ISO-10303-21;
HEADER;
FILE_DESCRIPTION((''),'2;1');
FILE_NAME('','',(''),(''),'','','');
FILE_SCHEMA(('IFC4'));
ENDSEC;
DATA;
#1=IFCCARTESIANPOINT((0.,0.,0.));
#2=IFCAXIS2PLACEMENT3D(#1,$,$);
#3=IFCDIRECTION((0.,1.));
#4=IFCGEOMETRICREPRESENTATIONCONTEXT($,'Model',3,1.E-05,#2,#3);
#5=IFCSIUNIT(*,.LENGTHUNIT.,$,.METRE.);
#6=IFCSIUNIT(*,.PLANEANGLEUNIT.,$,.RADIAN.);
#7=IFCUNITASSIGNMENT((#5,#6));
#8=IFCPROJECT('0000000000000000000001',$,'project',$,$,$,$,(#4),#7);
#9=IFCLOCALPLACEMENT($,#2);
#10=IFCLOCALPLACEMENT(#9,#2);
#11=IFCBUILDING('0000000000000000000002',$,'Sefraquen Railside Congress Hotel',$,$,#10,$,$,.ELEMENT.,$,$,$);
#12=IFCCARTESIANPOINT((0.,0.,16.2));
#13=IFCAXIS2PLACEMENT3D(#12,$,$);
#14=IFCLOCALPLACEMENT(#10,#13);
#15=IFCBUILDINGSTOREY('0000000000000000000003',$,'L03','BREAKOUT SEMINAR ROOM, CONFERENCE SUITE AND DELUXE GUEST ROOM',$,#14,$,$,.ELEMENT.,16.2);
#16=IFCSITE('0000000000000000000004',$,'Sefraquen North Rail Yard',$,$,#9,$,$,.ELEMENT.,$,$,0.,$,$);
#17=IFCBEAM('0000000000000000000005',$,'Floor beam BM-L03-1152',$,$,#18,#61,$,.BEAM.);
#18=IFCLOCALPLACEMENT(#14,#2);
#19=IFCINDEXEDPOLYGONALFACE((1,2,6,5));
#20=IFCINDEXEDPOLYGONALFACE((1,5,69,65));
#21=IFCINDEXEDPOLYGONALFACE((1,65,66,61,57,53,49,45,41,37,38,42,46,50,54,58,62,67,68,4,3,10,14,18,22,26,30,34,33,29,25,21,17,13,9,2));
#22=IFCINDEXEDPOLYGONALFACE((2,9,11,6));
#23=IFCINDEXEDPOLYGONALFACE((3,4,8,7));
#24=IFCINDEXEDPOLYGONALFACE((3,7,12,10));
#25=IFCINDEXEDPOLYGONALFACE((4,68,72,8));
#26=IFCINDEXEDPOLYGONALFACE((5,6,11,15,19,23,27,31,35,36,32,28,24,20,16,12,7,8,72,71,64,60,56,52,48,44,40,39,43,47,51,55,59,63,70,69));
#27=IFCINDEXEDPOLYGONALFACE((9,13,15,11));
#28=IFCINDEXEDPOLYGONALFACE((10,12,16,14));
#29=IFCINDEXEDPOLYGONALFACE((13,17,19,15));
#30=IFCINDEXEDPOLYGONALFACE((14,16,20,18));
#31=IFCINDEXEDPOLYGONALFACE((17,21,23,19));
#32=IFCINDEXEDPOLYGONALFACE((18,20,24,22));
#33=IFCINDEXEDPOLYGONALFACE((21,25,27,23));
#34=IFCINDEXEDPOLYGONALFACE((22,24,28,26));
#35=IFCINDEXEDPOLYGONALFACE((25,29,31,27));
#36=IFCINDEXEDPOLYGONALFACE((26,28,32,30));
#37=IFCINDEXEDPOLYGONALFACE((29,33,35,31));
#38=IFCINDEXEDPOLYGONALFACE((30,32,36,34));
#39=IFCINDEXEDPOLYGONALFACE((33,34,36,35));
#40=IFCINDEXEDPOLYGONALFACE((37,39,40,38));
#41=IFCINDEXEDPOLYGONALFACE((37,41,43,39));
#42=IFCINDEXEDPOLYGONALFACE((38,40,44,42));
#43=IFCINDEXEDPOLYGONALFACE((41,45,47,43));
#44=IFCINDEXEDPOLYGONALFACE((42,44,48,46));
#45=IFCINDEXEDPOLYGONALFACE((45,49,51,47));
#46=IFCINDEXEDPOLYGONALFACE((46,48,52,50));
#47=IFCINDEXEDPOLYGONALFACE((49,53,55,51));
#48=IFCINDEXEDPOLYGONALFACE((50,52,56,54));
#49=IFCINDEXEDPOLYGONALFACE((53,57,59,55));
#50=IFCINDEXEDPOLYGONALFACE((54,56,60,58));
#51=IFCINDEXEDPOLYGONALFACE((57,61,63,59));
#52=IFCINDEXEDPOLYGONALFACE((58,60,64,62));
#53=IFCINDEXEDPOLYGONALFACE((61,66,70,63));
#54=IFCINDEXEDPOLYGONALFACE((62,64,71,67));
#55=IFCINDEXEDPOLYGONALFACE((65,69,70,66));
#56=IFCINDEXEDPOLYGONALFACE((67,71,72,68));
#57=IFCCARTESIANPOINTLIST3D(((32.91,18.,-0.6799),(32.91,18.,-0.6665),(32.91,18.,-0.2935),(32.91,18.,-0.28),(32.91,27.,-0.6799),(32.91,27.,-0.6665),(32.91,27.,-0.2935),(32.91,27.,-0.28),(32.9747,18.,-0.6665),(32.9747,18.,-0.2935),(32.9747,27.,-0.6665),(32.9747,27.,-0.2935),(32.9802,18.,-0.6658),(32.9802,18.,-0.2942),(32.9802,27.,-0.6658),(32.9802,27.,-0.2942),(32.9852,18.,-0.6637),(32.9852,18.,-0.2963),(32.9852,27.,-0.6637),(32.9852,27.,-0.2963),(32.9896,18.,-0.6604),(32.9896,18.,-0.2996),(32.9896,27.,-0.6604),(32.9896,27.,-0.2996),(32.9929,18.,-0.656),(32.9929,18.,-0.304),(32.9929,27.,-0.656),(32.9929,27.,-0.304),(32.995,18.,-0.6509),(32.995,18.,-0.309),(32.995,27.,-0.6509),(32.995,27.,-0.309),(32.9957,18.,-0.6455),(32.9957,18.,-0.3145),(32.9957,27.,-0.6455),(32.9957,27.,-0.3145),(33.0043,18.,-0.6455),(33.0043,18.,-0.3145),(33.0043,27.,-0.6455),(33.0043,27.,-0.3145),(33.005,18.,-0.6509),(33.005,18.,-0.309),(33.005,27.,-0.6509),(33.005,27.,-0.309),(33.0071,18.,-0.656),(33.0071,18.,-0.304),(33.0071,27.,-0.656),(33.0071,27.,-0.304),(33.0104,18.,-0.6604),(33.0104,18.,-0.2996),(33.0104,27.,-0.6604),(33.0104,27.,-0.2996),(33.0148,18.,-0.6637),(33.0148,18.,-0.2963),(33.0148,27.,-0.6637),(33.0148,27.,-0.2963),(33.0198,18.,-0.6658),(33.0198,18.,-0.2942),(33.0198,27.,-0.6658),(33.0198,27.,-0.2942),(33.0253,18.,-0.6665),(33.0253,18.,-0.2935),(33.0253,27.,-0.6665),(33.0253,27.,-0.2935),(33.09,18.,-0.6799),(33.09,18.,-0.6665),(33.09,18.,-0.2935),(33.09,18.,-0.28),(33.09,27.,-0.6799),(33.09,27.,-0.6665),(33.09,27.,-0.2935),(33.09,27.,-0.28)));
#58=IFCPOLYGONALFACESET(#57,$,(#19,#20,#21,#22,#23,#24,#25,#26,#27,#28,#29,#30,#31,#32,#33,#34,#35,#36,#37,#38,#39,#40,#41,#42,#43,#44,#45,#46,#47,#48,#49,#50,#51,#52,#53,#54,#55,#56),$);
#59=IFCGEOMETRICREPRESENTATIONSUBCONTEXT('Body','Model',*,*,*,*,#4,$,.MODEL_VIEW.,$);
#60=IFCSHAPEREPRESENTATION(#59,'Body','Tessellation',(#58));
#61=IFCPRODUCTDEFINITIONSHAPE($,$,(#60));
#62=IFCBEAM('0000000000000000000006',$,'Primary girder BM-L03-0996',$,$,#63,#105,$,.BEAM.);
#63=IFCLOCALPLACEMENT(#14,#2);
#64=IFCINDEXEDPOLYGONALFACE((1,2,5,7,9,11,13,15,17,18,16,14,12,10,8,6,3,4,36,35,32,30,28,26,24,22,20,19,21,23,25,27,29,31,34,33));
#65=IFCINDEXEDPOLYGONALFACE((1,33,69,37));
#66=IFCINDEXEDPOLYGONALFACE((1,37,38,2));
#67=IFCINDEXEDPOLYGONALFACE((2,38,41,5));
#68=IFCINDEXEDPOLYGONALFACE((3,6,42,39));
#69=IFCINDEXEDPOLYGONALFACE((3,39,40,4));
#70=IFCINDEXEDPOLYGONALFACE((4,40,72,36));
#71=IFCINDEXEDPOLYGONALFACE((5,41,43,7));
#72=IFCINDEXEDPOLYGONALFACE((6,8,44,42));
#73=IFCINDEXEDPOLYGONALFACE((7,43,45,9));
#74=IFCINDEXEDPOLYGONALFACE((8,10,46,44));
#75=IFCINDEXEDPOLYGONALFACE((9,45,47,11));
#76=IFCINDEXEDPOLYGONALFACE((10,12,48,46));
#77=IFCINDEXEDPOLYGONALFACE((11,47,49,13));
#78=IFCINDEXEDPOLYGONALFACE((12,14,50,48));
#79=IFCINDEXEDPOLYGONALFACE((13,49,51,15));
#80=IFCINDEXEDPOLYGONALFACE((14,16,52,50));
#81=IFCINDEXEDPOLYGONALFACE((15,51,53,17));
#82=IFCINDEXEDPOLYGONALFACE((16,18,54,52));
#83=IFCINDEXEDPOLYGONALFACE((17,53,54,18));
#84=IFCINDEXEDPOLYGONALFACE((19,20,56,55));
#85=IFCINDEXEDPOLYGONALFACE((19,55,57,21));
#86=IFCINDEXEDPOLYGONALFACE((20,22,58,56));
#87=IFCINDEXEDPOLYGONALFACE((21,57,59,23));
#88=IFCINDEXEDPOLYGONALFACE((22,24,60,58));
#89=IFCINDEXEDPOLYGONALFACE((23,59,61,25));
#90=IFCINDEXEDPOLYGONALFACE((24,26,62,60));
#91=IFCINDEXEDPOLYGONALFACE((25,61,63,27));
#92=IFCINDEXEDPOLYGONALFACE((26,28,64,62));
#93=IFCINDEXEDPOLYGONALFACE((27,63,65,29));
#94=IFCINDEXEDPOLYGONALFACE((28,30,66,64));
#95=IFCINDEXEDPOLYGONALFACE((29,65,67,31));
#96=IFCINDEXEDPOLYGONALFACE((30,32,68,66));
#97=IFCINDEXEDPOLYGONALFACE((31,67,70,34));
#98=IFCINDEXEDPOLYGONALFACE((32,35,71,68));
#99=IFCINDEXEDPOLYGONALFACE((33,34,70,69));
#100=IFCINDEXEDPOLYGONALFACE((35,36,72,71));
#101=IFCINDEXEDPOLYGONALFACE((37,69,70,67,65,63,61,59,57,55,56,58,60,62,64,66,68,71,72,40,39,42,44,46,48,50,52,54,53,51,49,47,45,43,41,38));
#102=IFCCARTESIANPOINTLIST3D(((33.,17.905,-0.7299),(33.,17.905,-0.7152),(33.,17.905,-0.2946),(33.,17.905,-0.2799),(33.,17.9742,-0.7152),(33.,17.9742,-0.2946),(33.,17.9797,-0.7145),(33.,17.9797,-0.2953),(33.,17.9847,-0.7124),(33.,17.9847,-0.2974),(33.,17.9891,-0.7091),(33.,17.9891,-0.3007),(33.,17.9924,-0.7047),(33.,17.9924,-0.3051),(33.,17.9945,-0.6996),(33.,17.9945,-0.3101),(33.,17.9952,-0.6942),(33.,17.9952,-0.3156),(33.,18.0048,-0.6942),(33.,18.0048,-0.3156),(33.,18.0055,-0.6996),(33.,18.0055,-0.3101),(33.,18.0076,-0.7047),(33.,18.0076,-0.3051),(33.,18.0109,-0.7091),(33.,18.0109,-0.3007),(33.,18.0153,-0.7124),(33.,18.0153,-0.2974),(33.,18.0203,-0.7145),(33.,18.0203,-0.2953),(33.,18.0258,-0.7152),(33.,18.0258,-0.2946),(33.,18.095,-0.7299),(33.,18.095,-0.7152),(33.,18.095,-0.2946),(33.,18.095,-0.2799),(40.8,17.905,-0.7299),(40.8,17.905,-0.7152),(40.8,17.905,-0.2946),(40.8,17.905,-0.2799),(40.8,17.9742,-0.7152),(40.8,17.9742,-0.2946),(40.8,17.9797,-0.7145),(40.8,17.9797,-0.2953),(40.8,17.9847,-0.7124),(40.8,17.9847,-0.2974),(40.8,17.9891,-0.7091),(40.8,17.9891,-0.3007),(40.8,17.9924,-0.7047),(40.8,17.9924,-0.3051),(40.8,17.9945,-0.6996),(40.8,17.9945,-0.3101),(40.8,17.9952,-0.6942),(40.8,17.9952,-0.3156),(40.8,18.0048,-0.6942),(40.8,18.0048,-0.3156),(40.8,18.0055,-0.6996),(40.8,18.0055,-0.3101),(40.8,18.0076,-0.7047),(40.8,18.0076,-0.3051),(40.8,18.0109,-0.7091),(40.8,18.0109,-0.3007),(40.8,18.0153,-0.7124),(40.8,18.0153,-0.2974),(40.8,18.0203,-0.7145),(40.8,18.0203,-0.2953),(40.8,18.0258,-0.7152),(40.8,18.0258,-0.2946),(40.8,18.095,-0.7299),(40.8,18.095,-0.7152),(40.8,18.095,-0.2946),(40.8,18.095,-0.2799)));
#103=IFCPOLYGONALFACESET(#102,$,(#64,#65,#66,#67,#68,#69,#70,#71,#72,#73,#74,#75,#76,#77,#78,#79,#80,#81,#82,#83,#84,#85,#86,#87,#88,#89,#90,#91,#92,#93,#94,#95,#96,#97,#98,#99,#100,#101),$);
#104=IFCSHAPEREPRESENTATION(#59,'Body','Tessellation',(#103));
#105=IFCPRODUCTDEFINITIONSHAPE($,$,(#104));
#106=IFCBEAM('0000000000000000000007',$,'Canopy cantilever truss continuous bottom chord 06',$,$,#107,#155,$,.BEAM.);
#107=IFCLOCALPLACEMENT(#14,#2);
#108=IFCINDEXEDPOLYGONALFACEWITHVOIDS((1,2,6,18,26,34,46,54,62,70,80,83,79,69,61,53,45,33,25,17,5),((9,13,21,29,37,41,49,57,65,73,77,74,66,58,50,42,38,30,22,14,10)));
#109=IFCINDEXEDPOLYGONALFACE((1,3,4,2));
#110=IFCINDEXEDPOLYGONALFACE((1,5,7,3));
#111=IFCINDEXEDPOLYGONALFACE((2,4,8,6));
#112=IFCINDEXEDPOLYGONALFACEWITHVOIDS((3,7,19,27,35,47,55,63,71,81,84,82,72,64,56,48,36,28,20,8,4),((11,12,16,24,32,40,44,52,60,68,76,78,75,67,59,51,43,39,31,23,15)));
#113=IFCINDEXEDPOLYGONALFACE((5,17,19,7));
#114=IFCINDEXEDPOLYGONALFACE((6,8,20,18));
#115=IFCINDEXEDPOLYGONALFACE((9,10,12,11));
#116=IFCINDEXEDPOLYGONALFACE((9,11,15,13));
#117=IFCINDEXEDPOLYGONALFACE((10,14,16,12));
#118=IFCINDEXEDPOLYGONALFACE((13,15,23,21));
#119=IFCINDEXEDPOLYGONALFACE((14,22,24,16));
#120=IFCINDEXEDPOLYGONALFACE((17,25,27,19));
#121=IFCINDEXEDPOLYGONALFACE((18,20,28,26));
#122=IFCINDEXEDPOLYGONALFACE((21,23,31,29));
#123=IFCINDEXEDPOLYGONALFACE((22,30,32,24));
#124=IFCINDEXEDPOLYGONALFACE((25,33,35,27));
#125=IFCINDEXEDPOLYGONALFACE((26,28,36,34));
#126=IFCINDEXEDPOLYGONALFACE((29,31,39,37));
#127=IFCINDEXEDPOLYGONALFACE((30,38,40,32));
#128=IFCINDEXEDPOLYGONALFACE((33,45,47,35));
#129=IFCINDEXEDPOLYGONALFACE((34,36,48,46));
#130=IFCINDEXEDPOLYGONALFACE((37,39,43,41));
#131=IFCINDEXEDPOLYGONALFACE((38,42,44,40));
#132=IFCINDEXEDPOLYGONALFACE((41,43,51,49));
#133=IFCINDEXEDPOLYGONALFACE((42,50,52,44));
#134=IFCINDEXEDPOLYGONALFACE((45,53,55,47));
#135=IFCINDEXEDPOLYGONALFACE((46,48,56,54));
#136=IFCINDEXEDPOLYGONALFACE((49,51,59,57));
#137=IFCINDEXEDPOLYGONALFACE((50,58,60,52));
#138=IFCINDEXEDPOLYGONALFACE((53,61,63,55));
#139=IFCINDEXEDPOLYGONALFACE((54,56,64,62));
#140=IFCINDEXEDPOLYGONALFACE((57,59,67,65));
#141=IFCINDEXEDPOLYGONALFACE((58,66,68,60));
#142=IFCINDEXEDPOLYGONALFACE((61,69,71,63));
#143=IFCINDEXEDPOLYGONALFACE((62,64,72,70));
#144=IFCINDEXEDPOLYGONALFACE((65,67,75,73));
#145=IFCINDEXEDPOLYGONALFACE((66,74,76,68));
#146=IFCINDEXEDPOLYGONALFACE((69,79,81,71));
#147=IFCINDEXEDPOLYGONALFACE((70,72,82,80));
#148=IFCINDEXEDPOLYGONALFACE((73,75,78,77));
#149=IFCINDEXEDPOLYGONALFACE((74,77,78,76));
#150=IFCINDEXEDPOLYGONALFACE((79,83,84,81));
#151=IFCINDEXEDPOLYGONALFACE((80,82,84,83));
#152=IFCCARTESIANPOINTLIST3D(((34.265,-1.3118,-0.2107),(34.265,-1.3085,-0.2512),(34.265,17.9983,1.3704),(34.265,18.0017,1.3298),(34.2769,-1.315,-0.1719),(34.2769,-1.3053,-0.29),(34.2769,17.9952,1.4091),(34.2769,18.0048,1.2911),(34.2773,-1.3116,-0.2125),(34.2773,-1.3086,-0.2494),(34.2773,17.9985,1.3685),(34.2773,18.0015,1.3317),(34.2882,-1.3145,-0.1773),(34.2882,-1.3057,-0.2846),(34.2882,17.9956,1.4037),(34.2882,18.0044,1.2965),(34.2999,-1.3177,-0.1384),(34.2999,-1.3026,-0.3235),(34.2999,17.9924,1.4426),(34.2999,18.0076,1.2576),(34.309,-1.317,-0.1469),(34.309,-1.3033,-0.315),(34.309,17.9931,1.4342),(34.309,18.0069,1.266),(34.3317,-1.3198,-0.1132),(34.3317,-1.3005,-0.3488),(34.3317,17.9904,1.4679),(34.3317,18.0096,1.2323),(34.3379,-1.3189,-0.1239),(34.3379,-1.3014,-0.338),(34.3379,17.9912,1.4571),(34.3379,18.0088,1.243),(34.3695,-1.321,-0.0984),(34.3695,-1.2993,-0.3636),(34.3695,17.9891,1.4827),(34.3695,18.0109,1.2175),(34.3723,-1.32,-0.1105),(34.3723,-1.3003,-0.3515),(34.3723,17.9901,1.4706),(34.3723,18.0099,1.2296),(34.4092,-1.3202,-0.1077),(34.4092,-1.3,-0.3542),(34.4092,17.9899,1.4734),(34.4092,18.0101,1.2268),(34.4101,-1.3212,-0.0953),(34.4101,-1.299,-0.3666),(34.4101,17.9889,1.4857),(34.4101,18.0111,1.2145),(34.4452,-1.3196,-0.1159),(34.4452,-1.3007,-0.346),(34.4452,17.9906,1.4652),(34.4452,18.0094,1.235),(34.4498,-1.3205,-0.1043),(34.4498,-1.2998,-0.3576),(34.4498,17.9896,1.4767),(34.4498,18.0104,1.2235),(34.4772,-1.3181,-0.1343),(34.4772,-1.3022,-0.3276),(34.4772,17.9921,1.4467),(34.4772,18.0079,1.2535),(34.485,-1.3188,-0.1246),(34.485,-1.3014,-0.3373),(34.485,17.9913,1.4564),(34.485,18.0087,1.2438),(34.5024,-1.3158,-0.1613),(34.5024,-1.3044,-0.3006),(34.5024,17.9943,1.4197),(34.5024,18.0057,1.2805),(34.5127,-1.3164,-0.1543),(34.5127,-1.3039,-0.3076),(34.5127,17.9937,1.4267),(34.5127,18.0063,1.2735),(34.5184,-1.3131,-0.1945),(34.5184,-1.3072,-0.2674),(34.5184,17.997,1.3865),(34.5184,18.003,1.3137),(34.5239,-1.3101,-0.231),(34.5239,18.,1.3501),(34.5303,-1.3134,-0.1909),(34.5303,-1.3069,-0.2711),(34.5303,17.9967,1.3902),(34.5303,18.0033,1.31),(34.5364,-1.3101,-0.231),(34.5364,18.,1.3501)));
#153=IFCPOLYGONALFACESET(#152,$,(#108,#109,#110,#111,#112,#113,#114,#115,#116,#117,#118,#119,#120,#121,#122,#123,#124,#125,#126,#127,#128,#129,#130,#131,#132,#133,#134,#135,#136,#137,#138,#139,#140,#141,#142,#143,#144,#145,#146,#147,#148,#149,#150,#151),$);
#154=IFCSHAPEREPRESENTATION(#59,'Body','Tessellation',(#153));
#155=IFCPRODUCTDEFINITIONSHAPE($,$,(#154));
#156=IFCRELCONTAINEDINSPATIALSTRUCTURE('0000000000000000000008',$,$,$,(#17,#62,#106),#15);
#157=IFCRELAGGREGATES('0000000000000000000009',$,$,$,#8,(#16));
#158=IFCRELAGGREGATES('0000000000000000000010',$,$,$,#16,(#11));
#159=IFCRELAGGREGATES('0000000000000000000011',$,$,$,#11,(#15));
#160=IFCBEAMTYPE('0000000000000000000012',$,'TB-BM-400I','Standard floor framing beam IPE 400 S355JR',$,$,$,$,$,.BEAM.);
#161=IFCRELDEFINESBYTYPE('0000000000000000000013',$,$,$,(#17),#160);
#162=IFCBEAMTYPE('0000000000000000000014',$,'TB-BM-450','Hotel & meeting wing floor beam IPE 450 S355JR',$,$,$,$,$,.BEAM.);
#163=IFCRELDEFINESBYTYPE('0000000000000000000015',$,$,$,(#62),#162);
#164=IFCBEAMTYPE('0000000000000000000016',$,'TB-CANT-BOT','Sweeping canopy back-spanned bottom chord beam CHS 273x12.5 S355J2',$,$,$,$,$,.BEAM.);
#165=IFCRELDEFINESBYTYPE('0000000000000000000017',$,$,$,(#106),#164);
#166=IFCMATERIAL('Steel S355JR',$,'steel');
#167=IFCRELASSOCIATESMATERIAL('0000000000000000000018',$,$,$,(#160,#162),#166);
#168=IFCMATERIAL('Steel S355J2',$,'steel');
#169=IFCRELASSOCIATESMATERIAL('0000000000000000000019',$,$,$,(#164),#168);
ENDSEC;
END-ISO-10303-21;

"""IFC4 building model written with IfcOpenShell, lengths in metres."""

from ifc_helpers import new_model, si_unit, direction, frame, origin, origin_2d, place, context, subcontext, project, spatial, hollow_circle, i_section, extrude, material, material_profile, profile_set, type_object, element, save


model = new_model("IFC4")

# Units and contexts
model_context = context("Model", 3, precision=1e-05, world=origin(), true_north=direction((0.0, 1.0)))
body_context = subcontext(model_context, "Body", "Model", "MODEL_VIEW")
ifc_project = project(units=[si_unit("LENGTHUNIT", "METRE"), si_unit("PLANEANGLEUNIT", "RADIAN")], contexts=[model_context])

# Site, building, storey
site_placement = place(None, origin())
site = spatial("IfcSite", under=ifc_project, at=site_placement, Name="Sefraquen North Rail Yard", CompositionType="ELEMENT", RefElevation=0.0)
building_placement = place(site_placement, origin())
building = spatial("IfcBuilding", under=site, at=building_placement, Name="Sefraquen Railside Congress Hotel", CompositionType="ELEMENT")
storey_placement = place(building_placement, frame((0.0, 0.0, 16.2)))
storey = spatial("IfcBuildingStorey", under=building, at=storey_placement, Name="L03", Description="BREAKOUT SEMINAR ROOM, CONFERENCE SUITE AND DELUXE GUEST ROOM", CompositionType="ELEMENT", Elevation=16.2)

# Beams
ifc_material_1 = material(Name="Steel S355JR", Category="steel")
ifc_material_profile_1 = material_profile(ifc_material_1, i_section(OverallWidth=0.1799, OverallDepth=0.3999, WebThickness=0.0085, FlangeThickness=0.0134, FilletRadius=0.021, at=origin_2d()), Name="IPE 400")
ifc_profile_set_1 = profile_set([ifc_material_profile_1], Name="Steel S355JR")
beam_type_1 = type_object("IfcBeamType", Name="TB-BM-400I", Description="Standard floor framing beam IPE 400 S355JR", PredefinedType="BEAM", material=ifc_profile_set_1)
beam_1_placement = place(storey_placement, frame((33.0, 18.0, -0.48), z_axis=(0.0, 1.0, 0.0), x_axis=(-1.0, 0.0, 0.0)))
element("IfcBeam", 1, at=beam_1_placement, inside=storey, type_object=beam_type_1, Name="Floor beam BM-L03-1152", PredefinedType="BEAM", context=body_context, shape_type="SweptSolid", body=[
    extrude(i_section(OverallWidth=0.1799, OverallDepth=0.3999, WebThickness=0.0085, FlangeThickness=0.0134, FilletRadius=0.021, at=origin_2d()), origin(), (0.0, 0.0, 1.0), 9.0),
])
ifc_material_profile_2 = material_profile(ifc_material_1, i_section(OverallWidth=0.1899, OverallDepth=0.45, WebThickness=0.0095, FlangeThickness=0.0146, FilletRadius=0.021, at=origin_2d()), Name="IPE 450")
ifc_profile_set_2 = profile_set([ifc_material_profile_2], Name="Steel S355JR")
beam_type_2 = type_object("IfcBeamType", Name="TB-BM-450", Description="Hotel & meeting wing floor beam IPE 450 S355JR", PredefinedType="BEAM", material=ifc_profile_set_2)
beam_2_placement = place(storey_placement, frame((33.0, 18.0, -0.5049), z_axis=(1.0, 0.0, 0.0), x_axis=(0.0, 1.0, 0.0)))
element("IfcBeam", 2, at=beam_2_placement, inside=storey, type_object=beam_type_2, Name="Primary girder BM-L03-0996", PredefinedType="BEAM", context=body_context, shape_type="SweptSolid", body=[
    extrude(i_section(OverallWidth=0.1899, OverallDepth=0.45, WebThickness=0.0095, FlangeThickness=0.0146, FilletRadius=0.021, at=origin_2d()), origin(), (0.0, 0.0, 1.0), 7.8),
])
ifc_material_2 = material(Name="Steel S355J2", Category="steel")
ifc_material_profile_3 = material_profile(ifc_material_2, hollow_circle(Radius=0.1365, WallThickness=0.0125, at=origin_2d()), Name="CHS 273x12.5")
ifc_profile_set_3 = profile_set([ifc_material_profile_3], Name="Steel S355J2")
beam_type_3 = type_object("IfcBeamType", Name="TB-CANT-BOT", Description="Sweeping canopy back-spanned bottom chord beam CHS 273x12.5 S355J2", PredefinedType="BEAM", material=ifc_profile_set_3)
beam_3_placement = place(storey_placement, frame((34.3999, 18.0, 1.3501), z_axis=(0.0, -0.996665, -0.081604), x_axis=(1.0, 0.0, 0.0)))
element("IfcBeam", 3, at=beam_3_placement, inside=storey, type_object=beam_type_3, Name="Canopy cantilever truss continuous bottom chord 06", PredefinedType="BEAM", context=body_context, shape_type="SweptSolid", body=[
    extrude(hollow_circle(Radius=0.1365, WallThickness=0.0125, at=origin_2d()), origin(), (0.0, 0.0, 1.0), 19.3748),
])

save(model, "model.ifc")
